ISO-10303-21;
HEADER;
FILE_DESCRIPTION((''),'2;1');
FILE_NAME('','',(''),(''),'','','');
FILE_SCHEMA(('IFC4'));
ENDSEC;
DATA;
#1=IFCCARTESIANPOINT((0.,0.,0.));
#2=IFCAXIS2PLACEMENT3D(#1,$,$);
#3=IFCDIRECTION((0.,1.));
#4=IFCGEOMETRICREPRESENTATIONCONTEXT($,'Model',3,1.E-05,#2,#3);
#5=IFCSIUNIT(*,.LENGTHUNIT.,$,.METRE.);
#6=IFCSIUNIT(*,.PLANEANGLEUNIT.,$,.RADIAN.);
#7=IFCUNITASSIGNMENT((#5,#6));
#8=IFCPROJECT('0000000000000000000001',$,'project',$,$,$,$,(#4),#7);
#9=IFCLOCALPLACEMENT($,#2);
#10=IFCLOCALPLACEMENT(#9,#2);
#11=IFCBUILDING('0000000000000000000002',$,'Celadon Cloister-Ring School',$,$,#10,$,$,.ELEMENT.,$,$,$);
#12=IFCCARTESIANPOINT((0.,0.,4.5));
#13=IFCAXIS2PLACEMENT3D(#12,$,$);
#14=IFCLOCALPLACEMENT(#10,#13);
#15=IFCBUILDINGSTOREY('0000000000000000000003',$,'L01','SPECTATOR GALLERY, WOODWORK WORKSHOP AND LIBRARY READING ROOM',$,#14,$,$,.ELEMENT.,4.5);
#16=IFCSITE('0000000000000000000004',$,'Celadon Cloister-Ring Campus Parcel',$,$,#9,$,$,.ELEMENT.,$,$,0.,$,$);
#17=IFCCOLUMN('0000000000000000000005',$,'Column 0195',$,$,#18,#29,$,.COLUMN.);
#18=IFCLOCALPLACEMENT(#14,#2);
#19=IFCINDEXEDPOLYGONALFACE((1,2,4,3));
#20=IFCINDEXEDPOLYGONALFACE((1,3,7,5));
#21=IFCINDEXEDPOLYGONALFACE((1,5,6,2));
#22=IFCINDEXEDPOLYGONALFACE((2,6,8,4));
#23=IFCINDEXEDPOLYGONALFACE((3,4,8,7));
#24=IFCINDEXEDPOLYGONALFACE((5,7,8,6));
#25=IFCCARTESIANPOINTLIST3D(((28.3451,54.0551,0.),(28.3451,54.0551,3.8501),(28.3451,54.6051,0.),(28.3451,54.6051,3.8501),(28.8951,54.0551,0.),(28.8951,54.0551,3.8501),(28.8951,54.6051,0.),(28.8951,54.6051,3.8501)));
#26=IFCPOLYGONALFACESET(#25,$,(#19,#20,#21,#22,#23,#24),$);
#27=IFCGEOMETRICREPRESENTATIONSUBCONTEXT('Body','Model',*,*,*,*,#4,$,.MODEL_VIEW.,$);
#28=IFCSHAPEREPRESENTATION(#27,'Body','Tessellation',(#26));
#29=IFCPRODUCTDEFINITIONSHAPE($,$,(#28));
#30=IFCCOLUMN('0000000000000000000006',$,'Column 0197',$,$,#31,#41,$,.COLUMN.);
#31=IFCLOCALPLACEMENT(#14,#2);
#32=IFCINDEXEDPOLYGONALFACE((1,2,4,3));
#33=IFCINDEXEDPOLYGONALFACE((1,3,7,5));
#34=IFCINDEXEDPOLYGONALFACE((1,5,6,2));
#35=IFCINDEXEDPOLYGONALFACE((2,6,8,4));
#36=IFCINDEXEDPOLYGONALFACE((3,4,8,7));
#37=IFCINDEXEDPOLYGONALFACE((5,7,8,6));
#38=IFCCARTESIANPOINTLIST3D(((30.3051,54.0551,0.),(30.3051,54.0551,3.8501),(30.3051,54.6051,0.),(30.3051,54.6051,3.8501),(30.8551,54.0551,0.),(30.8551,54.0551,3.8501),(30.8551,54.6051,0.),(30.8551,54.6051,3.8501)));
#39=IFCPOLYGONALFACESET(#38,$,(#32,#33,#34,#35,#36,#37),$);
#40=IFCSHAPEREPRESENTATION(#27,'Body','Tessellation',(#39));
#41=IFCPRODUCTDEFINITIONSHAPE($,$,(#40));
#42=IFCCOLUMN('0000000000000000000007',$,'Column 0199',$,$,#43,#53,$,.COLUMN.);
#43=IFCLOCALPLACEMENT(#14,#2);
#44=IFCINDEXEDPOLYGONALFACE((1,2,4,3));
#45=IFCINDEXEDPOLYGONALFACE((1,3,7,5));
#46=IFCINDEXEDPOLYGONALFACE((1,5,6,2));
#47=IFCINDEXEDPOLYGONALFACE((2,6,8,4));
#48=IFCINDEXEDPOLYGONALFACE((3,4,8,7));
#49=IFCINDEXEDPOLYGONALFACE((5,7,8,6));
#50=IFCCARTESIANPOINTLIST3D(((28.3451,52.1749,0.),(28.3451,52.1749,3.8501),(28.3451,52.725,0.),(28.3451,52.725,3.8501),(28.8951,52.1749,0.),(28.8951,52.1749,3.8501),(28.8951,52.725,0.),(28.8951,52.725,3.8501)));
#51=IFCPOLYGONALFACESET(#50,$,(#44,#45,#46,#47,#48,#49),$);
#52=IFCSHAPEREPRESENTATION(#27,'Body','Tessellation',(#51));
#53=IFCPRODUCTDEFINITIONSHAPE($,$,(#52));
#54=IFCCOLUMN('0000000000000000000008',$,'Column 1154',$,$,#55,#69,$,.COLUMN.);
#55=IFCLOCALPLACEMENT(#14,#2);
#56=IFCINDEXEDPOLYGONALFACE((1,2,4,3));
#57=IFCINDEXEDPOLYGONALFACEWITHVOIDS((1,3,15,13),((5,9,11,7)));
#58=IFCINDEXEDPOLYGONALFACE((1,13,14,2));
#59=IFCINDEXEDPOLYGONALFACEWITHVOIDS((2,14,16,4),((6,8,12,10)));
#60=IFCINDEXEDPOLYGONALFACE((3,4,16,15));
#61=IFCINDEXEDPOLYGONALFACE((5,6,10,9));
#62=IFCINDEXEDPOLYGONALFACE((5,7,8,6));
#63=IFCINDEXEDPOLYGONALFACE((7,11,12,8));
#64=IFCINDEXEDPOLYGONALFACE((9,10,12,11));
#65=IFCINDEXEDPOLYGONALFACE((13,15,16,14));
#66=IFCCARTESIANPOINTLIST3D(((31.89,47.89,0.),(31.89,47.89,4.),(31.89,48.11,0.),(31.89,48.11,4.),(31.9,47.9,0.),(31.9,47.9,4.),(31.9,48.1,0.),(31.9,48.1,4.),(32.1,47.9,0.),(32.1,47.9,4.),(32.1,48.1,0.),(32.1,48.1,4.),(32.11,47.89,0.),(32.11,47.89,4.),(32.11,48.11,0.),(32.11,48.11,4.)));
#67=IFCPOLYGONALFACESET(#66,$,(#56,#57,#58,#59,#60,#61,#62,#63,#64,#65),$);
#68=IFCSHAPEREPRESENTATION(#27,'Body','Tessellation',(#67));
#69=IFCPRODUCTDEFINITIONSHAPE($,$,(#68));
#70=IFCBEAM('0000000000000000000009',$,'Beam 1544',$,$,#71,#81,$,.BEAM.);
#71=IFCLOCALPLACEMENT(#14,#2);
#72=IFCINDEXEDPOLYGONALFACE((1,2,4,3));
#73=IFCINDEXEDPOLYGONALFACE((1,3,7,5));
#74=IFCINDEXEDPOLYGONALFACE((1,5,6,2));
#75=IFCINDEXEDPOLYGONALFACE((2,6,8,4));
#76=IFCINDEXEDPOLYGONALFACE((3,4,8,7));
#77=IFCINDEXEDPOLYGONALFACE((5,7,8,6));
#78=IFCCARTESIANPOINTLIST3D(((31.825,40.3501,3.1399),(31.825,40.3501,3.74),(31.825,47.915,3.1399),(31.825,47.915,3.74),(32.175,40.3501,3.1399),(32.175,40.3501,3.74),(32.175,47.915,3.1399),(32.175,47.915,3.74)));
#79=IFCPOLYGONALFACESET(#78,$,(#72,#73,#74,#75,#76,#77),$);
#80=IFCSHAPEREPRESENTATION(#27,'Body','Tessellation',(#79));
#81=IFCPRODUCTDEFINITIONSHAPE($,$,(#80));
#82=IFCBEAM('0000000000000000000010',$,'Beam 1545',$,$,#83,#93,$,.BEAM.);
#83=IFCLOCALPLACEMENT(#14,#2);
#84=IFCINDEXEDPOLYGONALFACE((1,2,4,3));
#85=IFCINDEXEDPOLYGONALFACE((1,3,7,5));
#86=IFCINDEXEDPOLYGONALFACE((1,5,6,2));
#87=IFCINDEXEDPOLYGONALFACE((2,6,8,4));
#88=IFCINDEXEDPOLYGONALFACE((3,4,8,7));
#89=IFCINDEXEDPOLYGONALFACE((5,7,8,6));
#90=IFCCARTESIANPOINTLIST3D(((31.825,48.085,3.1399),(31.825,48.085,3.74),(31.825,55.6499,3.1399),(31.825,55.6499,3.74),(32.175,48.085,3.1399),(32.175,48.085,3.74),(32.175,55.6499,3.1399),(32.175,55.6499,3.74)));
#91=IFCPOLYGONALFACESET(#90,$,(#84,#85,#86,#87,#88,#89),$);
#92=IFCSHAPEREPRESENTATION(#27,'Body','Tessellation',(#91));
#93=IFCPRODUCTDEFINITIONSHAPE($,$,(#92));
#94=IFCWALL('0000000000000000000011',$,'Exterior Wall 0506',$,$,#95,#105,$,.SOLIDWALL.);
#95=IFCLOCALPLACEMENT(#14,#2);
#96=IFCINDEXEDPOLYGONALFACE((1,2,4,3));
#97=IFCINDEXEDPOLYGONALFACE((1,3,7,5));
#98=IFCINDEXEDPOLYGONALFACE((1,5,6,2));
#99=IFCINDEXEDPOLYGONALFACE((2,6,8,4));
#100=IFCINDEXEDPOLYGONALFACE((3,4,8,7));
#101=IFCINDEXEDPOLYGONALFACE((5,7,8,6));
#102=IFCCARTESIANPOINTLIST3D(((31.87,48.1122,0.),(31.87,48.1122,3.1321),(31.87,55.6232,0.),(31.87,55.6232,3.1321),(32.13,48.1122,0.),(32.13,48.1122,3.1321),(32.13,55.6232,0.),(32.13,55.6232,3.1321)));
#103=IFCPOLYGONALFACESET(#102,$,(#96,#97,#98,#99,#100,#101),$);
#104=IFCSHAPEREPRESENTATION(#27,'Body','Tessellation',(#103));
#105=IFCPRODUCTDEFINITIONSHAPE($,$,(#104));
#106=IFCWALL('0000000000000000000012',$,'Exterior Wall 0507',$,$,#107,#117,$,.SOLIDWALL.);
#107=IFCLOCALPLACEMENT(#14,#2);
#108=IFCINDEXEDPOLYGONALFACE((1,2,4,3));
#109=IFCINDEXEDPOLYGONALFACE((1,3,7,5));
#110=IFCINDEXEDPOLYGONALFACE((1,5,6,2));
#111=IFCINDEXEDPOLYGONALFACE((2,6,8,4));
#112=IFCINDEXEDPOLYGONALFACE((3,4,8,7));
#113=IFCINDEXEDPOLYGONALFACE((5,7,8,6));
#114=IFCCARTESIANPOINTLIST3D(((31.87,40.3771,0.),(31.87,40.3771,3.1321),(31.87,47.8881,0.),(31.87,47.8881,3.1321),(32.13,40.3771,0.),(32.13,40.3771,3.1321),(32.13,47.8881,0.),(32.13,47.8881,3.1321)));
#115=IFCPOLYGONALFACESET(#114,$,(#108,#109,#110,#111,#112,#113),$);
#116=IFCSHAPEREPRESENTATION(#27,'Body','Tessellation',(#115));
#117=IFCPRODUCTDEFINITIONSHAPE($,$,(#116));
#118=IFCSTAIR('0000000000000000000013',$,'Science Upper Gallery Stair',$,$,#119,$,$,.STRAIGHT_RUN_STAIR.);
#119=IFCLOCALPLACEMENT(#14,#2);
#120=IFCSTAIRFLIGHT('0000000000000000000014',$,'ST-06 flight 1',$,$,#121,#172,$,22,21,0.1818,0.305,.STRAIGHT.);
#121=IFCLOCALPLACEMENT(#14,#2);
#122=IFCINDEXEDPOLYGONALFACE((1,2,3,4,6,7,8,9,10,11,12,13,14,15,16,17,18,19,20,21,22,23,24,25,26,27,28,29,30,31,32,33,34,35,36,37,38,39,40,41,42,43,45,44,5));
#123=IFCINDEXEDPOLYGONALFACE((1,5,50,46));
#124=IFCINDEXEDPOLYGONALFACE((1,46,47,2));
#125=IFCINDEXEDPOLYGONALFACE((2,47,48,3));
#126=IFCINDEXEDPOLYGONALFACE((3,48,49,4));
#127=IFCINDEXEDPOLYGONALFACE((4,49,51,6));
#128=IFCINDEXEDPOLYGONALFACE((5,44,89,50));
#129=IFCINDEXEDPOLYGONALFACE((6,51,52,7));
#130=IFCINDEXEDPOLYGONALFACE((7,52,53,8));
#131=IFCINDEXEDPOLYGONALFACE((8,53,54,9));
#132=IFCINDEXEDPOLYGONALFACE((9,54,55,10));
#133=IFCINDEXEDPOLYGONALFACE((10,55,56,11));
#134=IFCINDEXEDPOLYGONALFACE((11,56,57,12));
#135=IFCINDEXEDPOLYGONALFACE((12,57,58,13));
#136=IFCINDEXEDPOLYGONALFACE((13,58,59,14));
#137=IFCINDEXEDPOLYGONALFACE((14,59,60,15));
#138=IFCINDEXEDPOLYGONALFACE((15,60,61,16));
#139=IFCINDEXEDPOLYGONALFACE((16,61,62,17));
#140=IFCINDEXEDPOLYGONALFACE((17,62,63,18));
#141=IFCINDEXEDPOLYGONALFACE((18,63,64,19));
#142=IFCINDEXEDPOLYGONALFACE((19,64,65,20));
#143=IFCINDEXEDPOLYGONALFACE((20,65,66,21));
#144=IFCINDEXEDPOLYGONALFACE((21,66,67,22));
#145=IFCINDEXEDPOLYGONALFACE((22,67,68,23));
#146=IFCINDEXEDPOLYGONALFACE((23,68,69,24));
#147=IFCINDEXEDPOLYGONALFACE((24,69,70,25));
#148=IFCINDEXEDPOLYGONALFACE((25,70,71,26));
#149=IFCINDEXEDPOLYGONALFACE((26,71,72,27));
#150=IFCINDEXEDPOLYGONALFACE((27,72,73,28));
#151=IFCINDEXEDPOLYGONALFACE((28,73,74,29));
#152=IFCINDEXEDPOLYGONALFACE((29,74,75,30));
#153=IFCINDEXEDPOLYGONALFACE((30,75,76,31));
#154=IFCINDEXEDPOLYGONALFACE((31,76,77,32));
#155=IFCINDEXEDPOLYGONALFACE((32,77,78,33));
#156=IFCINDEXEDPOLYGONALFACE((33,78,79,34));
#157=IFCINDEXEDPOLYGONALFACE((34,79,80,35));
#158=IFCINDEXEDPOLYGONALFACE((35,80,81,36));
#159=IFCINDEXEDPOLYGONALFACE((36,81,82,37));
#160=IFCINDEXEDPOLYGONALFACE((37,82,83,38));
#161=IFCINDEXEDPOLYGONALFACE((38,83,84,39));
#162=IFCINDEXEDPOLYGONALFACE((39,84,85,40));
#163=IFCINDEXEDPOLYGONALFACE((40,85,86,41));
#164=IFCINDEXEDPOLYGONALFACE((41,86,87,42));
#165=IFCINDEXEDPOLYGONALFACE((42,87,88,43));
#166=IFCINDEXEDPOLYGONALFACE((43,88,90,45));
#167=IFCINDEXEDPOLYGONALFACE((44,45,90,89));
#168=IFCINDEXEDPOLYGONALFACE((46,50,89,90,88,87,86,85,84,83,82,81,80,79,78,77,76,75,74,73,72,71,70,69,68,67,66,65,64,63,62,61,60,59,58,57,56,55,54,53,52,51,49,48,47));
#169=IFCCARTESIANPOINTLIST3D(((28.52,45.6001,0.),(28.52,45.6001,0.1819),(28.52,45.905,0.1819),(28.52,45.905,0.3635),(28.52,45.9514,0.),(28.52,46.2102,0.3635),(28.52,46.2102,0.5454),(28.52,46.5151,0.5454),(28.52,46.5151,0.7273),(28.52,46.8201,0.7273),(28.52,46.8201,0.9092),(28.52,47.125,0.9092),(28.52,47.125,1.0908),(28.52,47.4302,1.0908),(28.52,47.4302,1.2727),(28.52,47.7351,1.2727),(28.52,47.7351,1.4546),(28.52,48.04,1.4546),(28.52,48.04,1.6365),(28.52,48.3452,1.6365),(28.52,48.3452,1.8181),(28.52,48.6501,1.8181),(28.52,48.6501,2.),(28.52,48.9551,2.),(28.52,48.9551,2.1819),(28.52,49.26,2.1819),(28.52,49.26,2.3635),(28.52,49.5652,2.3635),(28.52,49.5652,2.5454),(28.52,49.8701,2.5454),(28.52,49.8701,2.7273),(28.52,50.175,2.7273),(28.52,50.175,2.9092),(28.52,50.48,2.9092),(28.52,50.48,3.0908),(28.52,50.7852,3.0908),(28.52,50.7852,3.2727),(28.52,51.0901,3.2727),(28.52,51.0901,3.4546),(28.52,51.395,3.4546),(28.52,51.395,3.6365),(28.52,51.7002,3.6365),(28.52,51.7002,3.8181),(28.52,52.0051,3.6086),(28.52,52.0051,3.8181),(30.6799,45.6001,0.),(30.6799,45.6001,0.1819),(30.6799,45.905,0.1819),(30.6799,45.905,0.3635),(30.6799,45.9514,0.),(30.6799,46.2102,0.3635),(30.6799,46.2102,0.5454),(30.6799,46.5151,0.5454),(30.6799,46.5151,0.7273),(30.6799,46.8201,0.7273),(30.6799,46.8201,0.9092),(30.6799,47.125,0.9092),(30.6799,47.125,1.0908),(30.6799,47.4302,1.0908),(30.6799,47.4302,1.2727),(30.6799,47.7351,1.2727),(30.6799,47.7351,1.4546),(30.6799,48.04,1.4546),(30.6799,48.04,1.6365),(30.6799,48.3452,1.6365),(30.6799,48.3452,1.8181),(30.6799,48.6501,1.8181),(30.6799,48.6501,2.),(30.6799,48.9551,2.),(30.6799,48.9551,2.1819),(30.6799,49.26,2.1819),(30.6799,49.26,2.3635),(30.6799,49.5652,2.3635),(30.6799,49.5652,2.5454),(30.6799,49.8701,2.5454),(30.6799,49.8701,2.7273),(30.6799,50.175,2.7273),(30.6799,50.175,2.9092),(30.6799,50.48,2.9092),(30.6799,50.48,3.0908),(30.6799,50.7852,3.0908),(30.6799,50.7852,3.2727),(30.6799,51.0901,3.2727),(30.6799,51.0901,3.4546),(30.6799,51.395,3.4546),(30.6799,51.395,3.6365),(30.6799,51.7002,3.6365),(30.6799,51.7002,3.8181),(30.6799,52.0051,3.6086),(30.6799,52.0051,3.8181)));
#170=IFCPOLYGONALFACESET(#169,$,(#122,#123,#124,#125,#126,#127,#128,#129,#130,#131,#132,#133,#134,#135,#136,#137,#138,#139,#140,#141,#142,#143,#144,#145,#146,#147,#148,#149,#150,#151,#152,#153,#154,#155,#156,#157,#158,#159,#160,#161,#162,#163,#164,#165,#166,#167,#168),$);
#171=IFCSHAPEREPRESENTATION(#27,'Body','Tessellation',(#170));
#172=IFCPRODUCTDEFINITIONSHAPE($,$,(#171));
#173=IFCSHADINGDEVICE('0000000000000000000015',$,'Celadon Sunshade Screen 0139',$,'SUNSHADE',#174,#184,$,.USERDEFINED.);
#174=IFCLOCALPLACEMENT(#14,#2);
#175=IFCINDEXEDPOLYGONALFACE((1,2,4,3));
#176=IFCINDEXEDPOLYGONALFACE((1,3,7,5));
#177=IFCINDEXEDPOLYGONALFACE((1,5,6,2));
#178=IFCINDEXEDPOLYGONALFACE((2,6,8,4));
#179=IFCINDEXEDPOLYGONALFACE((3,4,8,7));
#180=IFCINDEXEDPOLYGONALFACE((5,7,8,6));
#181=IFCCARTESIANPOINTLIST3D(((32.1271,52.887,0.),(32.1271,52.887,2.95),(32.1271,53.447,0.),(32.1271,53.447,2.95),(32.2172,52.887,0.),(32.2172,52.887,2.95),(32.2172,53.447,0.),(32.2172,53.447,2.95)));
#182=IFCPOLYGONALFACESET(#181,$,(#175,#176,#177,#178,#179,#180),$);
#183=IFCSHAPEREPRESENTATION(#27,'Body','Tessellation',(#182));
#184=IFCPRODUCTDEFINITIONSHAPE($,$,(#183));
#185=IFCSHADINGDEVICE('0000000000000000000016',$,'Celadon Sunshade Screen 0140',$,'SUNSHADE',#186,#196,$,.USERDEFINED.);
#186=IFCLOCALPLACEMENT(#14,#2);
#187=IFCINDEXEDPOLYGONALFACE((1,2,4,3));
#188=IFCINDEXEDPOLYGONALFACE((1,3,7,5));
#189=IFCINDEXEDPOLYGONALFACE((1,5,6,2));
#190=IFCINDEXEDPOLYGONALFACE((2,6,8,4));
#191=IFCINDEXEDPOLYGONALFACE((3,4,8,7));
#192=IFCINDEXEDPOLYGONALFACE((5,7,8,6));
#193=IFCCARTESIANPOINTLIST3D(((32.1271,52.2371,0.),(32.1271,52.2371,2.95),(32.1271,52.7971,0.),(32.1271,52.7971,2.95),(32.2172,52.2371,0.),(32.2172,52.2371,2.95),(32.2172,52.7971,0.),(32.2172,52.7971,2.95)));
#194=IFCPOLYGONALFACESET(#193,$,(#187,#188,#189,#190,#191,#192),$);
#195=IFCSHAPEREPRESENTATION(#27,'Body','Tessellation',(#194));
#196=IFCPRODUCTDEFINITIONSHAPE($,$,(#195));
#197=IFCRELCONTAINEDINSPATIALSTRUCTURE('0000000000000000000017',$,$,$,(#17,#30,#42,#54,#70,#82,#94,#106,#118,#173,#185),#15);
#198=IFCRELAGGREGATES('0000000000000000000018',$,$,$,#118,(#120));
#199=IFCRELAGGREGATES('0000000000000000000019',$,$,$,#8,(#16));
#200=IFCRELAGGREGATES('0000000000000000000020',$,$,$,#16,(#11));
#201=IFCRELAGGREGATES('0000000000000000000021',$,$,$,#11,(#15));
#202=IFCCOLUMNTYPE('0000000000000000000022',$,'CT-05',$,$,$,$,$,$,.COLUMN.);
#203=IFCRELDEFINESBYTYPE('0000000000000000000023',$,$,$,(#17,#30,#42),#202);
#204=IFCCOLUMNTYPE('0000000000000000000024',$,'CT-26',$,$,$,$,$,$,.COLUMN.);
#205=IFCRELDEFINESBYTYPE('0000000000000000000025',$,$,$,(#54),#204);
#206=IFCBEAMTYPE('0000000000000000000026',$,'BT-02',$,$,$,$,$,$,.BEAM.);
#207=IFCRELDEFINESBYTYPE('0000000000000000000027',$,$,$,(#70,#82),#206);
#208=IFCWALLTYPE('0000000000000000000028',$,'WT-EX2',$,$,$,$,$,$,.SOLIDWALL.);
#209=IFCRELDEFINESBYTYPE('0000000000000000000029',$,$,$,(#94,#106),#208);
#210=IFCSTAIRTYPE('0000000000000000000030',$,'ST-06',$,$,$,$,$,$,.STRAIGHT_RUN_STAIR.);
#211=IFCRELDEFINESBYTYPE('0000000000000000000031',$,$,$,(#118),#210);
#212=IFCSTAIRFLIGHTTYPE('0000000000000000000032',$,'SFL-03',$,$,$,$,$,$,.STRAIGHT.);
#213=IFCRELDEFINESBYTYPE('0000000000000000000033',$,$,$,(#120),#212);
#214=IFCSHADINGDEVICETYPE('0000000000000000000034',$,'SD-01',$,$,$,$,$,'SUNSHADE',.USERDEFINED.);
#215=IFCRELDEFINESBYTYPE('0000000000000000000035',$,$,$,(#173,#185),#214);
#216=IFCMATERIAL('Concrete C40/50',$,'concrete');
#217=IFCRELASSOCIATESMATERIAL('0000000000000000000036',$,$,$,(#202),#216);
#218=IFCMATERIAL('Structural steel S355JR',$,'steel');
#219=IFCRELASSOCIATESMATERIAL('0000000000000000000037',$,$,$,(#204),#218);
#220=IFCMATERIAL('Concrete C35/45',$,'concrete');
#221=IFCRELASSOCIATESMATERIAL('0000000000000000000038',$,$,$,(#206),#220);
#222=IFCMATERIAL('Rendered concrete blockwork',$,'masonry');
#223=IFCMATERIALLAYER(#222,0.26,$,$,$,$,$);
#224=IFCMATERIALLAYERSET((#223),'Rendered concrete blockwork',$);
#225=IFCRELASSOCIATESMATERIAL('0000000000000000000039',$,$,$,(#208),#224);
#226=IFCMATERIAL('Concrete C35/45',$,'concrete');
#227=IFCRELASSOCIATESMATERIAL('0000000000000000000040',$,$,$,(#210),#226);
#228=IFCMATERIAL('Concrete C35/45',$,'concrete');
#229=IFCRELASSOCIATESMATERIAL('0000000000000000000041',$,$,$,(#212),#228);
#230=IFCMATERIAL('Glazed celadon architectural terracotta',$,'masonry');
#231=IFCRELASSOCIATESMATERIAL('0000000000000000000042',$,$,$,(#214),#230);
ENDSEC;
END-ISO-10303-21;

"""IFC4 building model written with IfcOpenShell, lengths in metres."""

from ifc_helpers import new_model, si_unit, direction, frame, frame_2d, origin, origin_2d, place, context, subcontext, project, spatial, polyline, rectangle, hollow_rectangle, outline, extrude, material, layer, layer_set, material_profile, profile_set, type_object, element, aggregate, save


model = new_model("IFC4")

# Units and contexts
model_context = context("Model", 3, precision=1e-05, world=origin(), true_north=direction((0.0, 1.0)))
body_context = subcontext(model_context, "Body", "Model", "MODEL_VIEW")
ifc_project = project(units=[si_unit("LENGTHUNIT", "METRE"), si_unit("PLANEANGLEUNIT", "RADIAN")], contexts=[model_context])

# Site, building, storey
site_placement = place(None, origin())
site = spatial("IfcSite", under=ifc_project, at=site_placement, Name="Celadon Cloister-Ring Campus Parcel", CompositionType="ELEMENT", RefElevation=0.0)
building_placement = place(site_placement, origin())
building = spatial("IfcBuilding", under=site, at=building_placement, Name="Celadon Cloister-Ring School", CompositionType="ELEMENT")
storey_placement = place(building_placement, frame((0.0, 0.0, 4.5)))
storey = spatial("IfcBuildingStorey", under=building, at=storey_placement, Name="L01", Description="SPECTATOR GALLERY, WOODWORK WORKSHOP AND LIBRARY READING ROOM", CompositionType="ELEMENT", Elevation=4.5)

# Columns
ifc_material_1 = material(Name="Concrete C40/50", Category="concrete")
ifc_material_profile_1 = material_profile(ifc_material_1, rectangle(XDim=0.55, YDim=0.55, at=origin_2d()), Name="RC550X550")
ifc_profile_set_1 = profile_set([ifc_material_profile_1], Name="Concrete C40/50")
column_type_1 = type_object("IfcColumnType", Name="CT-05", PredefinedType="COLUMN", material=ifc_profile_set_1)
for number, where, z_axis, x_axis, name in (
    (1, (28.6201, 54.3301, 0.0), (0.0, 0.0, 1.0), (1.0, 0.0, 0.0), "Column 0195"),
    (2, (30.5801, 54.3301, 0.0), (0.0, 0.0, 1.0), (1.0, 0.0, 0.0), "Column 0197"),
    (3, (28.6201, 52.45, 0.0), (0.0, 0.0, 1.0), (1.0, 0.0, 0.0), "Column 0199"),
):
    element("IfcColumn", number, at=place(storey_placement, frame(where, z_axis=z_axis, x_axis=x_axis)), inside=storey, type_object=column_type_1, Name=name, PredefinedType="COLUMN", context=body_context, shape_type="SweptSolid", body=[
        extrude(rectangle(XDim=0.55, YDim=0.55, at=origin_2d()), origin(), (0.0, 0.0, 1.0), 3.8501),
    ])
ifc_material_2 = material(Name="Structural steel S355JR", Category="steel")
ifc_material_profile_2 = material_profile(ifc_material_2, hollow_rectangle(XDim=0.22, YDim=0.22, WallThickness=0.01, at=origin_2d()), Name="HSS220X220X10")
ifc_profile_set_2 = profile_set([ifc_material_profile_2], Name="Structural steel S355JR")
column_type_2 = type_object("IfcColumnType", Name="CT-26", PredefinedType="COLUMN", material=ifc_profile_set_2)
column_placement = place(storey_placement, frame((32.0, 48.0, 0.0), z_axis=(0.0, 0.0, 1.0), x_axis=(1.0, 0.0, 0.0)))
element("IfcColumn", 4, at=column_placement, inside=storey, type_object=column_type_2, Name="Column 1154", PredefinedType="COLUMN", context=body_context, shape_type="SweptSolid", body=[
    extrude(hollow_rectangle(XDim=0.22, YDim=0.22, WallThickness=0.01, at=origin_2d()), origin(), (0.0, 0.0, 1.0), 4.0),
])

# Beams
ifc_material_3 = material(Name="Concrete C35/45", Category="concrete")
ifc_material_profile_3 = material_profile(ifc_material_3, rectangle(XDim=0.3501, YDim=0.6001, at=origin_2d()), Name="RC350X600")
ifc_profile_set_3 = profile_set([ifc_material_profile_3], Name="Concrete C35/45")
beam_type = type_object("IfcBeamType", Name="BT-02", PredefinedType="BEAM", material=ifc_profile_set_3)
for number, where, z_axis, x_axis, name in (
    (5, (32.0, 40.3501, 3.4399), (0.0, 1.0, 0.0), (-1.0, 0.0, 0.0), "Beam 1544"),
    (6, (32.0, 48.085, 3.4399), (0.0, 1.0, 0.0), (-1.0, 0.0, 0.0), "Beam 1545"),
):
    element("IfcBeam", number, at=place(storey_placement, frame(where, z_axis=z_axis, x_axis=x_axis)), inside=storey, type_object=beam_type, Name=name, PredefinedType="BEAM", context=body_context, shape_type="SweptSolid", body=[
        extrude(rectangle(XDim=0.3501, YDim=0.6001, at=origin_2d()), origin(), (0.0, 0.0, 1.0), 7.5649),
    ])

# Walls
ifc_material_4 = material(Name="Rendered concrete blockwork", Category="masonry")
ifc_layer = layer(ifc_material_4, 0.26)
ifc_layer_set = layer_set([ifc_layer], Name="Rendered concrete blockwork")
wall_type = type_object("IfcWallType", Name="WT-EX2", PredefinedType="SOLIDWALL", material=ifc_layer_set)
for number, where, z_axis, x_axis, name in (
    (7, (32.0, 55.623, 0.0), (0.0, 0.0, 1.0), (0.0, -1.0, 0.0), "Exterior Wall 0506"),
    (8, (32.0, 47.8879, 0.0), (0.0, 0.0, 1.0), (0.0, -1.0, 0.0), "Exterior Wall 0507"),
):
    element("IfcWall", number, at=place(storey_placement, frame(where, z_axis=z_axis, x_axis=x_axis)), inside=storey, type_object=wall_type, Name=name, PredefinedType="SOLIDWALL", context=body_context, shape_type="SweptSolid", body=[
        extrude(rectangle(XDim=7.511, YDim=0.26, at=frame_2d((3.7554, 0.0))), origin(), (0.0, 0.0, 1.0), 3.1321),
    ])

# Stair, stair flight
ifc_material_5 = material(Name="Concrete C35/45", Category="concrete")
stair_type = type_object("IfcStairType", Name="ST-06", PredefinedType="STRAIGHT_RUN_STAIR", material=ifc_material_5)
stair_placement = place(storey_placement, origin())
stair = element("IfcStair", 9, at=stair_placement, inside=storey, type_object=stair_type, Name="Science Upper Gallery Stair", PredefinedType="STRAIGHT_RUN_STAIR")
ifc_material_6 = material(Name="Concrete C35/45", Category="concrete")
stair_flight_type = type_object("IfcStairFlightType", Name="SFL-03", PredefinedType="STRAIGHT", material=ifc_material_6)
stair_flight_placement = place(storey_placement, frame((29.6001, 45.6001, 0.0), z_axis=(0.0, 0.0, 1.0), x_axis=(0.0, 1.0, 0.0)))
stair_flight = element("IfcStairFlight", 10, at=stair_flight_placement, type_object=stair_flight_type, Name="ST-06 flight 1", NumberOfRisers=22, NumberOfTreads=21, PredefinedType="STRAIGHT", RiserHeight=0.1818, TreadLength=0.305, context=body_context, shape_type="SweptSolid", body=[
    extrude(outline(polyline([(0.0, 0.0), (0.0, 0.1819), (0.3049, 0.1819), (0.3049, 0.3635), (0.6101, 0.3635), (0.6101, 0.5454), (0.915, 0.5454), (0.915, 0.7273), (1.22, 0.7273), (1.22, 0.9092), (1.5249, 0.9092), (1.5249, 1.0908), (1.8301, 1.0908), (1.8301, 1.2727), (2.135, 1.2727), (2.135, 1.4546), (2.4399, 1.4546), (2.4399, 1.6365), (2.7451, 1.6365), (2.7451, 1.8181), (3.05, 1.8181), (3.05, 2.0), (3.355, 2.0), (3.355, 2.1819), (3.6599, 2.1819), (3.6599, 2.3635), (3.9651, 2.3635), (3.9651, 2.5454), (4.27, 2.5454), (4.27, 2.7273), (4.575, 2.7273), (4.575, 2.9092), (4.8799, 2.9092), (4.8799, 3.0908), (5.1851, 3.0908), (5.1851, 3.2727), (5.49, 3.2727), (5.49, 3.4546), (5.7949, 3.4546), (5.7949, 3.6365), (6.1001, 3.6365), (6.1001, 3.8181), (6.405, 3.8181), (6.405, 4.0), (6.405, 3.6086), (0.3513, 0.0), (0.0, 0.0)])), frame((0.0, 1.0801, 0.0), z_axis=(0.0, -1.0, 0.0), x_axis=(1.0, 0.0, 0.0)), (0.0, 0.0, 1.0), 2.1599),
])
aggregate(stair, [stair_flight])

# Shading devices
ifc_material_7 = material(Name="Glazed celadon architectural terracotta", Category="masonry")
shading_device_type = type_object("IfcShadingDeviceType", Name="SD-01", ElementType="SUNSHADE", PredefinedType="USERDEFINED", material=ifc_material_7)
for number, where, z_axis, x_axis, name in (
    (11, (32.1721, 53.167, 0.0), (0.0, 0.0, 1.0), (0.0, -1.0, 0.0), "Celadon Sunshade Screen 0139"),
    (12, (32.1721, 52.5171, 0.0), (0.0, 0.0, 1.0), (0.0, -1.0, 0.0), "Celadon Sunshade Screen 0140"),
):
    element("IfcShadingDevice", number, at=place(storey_placement, frame(where, z_axis=z_axis, x_axis=x_axis)), inside=storey, type_object=shading_device_type, Name=name, ObjectType="SUNSHADE", PredefinedType="USERDEFINED", context=body_context, shape_type="SweptSolid", body=[
        extrude(rectangle(XDim=0.5601, YDim=0.0901, at=origin_2d()), origin(), (0.0, 0.0, 1.0), 2.95),
    ])

save(model, "model.ifc")
